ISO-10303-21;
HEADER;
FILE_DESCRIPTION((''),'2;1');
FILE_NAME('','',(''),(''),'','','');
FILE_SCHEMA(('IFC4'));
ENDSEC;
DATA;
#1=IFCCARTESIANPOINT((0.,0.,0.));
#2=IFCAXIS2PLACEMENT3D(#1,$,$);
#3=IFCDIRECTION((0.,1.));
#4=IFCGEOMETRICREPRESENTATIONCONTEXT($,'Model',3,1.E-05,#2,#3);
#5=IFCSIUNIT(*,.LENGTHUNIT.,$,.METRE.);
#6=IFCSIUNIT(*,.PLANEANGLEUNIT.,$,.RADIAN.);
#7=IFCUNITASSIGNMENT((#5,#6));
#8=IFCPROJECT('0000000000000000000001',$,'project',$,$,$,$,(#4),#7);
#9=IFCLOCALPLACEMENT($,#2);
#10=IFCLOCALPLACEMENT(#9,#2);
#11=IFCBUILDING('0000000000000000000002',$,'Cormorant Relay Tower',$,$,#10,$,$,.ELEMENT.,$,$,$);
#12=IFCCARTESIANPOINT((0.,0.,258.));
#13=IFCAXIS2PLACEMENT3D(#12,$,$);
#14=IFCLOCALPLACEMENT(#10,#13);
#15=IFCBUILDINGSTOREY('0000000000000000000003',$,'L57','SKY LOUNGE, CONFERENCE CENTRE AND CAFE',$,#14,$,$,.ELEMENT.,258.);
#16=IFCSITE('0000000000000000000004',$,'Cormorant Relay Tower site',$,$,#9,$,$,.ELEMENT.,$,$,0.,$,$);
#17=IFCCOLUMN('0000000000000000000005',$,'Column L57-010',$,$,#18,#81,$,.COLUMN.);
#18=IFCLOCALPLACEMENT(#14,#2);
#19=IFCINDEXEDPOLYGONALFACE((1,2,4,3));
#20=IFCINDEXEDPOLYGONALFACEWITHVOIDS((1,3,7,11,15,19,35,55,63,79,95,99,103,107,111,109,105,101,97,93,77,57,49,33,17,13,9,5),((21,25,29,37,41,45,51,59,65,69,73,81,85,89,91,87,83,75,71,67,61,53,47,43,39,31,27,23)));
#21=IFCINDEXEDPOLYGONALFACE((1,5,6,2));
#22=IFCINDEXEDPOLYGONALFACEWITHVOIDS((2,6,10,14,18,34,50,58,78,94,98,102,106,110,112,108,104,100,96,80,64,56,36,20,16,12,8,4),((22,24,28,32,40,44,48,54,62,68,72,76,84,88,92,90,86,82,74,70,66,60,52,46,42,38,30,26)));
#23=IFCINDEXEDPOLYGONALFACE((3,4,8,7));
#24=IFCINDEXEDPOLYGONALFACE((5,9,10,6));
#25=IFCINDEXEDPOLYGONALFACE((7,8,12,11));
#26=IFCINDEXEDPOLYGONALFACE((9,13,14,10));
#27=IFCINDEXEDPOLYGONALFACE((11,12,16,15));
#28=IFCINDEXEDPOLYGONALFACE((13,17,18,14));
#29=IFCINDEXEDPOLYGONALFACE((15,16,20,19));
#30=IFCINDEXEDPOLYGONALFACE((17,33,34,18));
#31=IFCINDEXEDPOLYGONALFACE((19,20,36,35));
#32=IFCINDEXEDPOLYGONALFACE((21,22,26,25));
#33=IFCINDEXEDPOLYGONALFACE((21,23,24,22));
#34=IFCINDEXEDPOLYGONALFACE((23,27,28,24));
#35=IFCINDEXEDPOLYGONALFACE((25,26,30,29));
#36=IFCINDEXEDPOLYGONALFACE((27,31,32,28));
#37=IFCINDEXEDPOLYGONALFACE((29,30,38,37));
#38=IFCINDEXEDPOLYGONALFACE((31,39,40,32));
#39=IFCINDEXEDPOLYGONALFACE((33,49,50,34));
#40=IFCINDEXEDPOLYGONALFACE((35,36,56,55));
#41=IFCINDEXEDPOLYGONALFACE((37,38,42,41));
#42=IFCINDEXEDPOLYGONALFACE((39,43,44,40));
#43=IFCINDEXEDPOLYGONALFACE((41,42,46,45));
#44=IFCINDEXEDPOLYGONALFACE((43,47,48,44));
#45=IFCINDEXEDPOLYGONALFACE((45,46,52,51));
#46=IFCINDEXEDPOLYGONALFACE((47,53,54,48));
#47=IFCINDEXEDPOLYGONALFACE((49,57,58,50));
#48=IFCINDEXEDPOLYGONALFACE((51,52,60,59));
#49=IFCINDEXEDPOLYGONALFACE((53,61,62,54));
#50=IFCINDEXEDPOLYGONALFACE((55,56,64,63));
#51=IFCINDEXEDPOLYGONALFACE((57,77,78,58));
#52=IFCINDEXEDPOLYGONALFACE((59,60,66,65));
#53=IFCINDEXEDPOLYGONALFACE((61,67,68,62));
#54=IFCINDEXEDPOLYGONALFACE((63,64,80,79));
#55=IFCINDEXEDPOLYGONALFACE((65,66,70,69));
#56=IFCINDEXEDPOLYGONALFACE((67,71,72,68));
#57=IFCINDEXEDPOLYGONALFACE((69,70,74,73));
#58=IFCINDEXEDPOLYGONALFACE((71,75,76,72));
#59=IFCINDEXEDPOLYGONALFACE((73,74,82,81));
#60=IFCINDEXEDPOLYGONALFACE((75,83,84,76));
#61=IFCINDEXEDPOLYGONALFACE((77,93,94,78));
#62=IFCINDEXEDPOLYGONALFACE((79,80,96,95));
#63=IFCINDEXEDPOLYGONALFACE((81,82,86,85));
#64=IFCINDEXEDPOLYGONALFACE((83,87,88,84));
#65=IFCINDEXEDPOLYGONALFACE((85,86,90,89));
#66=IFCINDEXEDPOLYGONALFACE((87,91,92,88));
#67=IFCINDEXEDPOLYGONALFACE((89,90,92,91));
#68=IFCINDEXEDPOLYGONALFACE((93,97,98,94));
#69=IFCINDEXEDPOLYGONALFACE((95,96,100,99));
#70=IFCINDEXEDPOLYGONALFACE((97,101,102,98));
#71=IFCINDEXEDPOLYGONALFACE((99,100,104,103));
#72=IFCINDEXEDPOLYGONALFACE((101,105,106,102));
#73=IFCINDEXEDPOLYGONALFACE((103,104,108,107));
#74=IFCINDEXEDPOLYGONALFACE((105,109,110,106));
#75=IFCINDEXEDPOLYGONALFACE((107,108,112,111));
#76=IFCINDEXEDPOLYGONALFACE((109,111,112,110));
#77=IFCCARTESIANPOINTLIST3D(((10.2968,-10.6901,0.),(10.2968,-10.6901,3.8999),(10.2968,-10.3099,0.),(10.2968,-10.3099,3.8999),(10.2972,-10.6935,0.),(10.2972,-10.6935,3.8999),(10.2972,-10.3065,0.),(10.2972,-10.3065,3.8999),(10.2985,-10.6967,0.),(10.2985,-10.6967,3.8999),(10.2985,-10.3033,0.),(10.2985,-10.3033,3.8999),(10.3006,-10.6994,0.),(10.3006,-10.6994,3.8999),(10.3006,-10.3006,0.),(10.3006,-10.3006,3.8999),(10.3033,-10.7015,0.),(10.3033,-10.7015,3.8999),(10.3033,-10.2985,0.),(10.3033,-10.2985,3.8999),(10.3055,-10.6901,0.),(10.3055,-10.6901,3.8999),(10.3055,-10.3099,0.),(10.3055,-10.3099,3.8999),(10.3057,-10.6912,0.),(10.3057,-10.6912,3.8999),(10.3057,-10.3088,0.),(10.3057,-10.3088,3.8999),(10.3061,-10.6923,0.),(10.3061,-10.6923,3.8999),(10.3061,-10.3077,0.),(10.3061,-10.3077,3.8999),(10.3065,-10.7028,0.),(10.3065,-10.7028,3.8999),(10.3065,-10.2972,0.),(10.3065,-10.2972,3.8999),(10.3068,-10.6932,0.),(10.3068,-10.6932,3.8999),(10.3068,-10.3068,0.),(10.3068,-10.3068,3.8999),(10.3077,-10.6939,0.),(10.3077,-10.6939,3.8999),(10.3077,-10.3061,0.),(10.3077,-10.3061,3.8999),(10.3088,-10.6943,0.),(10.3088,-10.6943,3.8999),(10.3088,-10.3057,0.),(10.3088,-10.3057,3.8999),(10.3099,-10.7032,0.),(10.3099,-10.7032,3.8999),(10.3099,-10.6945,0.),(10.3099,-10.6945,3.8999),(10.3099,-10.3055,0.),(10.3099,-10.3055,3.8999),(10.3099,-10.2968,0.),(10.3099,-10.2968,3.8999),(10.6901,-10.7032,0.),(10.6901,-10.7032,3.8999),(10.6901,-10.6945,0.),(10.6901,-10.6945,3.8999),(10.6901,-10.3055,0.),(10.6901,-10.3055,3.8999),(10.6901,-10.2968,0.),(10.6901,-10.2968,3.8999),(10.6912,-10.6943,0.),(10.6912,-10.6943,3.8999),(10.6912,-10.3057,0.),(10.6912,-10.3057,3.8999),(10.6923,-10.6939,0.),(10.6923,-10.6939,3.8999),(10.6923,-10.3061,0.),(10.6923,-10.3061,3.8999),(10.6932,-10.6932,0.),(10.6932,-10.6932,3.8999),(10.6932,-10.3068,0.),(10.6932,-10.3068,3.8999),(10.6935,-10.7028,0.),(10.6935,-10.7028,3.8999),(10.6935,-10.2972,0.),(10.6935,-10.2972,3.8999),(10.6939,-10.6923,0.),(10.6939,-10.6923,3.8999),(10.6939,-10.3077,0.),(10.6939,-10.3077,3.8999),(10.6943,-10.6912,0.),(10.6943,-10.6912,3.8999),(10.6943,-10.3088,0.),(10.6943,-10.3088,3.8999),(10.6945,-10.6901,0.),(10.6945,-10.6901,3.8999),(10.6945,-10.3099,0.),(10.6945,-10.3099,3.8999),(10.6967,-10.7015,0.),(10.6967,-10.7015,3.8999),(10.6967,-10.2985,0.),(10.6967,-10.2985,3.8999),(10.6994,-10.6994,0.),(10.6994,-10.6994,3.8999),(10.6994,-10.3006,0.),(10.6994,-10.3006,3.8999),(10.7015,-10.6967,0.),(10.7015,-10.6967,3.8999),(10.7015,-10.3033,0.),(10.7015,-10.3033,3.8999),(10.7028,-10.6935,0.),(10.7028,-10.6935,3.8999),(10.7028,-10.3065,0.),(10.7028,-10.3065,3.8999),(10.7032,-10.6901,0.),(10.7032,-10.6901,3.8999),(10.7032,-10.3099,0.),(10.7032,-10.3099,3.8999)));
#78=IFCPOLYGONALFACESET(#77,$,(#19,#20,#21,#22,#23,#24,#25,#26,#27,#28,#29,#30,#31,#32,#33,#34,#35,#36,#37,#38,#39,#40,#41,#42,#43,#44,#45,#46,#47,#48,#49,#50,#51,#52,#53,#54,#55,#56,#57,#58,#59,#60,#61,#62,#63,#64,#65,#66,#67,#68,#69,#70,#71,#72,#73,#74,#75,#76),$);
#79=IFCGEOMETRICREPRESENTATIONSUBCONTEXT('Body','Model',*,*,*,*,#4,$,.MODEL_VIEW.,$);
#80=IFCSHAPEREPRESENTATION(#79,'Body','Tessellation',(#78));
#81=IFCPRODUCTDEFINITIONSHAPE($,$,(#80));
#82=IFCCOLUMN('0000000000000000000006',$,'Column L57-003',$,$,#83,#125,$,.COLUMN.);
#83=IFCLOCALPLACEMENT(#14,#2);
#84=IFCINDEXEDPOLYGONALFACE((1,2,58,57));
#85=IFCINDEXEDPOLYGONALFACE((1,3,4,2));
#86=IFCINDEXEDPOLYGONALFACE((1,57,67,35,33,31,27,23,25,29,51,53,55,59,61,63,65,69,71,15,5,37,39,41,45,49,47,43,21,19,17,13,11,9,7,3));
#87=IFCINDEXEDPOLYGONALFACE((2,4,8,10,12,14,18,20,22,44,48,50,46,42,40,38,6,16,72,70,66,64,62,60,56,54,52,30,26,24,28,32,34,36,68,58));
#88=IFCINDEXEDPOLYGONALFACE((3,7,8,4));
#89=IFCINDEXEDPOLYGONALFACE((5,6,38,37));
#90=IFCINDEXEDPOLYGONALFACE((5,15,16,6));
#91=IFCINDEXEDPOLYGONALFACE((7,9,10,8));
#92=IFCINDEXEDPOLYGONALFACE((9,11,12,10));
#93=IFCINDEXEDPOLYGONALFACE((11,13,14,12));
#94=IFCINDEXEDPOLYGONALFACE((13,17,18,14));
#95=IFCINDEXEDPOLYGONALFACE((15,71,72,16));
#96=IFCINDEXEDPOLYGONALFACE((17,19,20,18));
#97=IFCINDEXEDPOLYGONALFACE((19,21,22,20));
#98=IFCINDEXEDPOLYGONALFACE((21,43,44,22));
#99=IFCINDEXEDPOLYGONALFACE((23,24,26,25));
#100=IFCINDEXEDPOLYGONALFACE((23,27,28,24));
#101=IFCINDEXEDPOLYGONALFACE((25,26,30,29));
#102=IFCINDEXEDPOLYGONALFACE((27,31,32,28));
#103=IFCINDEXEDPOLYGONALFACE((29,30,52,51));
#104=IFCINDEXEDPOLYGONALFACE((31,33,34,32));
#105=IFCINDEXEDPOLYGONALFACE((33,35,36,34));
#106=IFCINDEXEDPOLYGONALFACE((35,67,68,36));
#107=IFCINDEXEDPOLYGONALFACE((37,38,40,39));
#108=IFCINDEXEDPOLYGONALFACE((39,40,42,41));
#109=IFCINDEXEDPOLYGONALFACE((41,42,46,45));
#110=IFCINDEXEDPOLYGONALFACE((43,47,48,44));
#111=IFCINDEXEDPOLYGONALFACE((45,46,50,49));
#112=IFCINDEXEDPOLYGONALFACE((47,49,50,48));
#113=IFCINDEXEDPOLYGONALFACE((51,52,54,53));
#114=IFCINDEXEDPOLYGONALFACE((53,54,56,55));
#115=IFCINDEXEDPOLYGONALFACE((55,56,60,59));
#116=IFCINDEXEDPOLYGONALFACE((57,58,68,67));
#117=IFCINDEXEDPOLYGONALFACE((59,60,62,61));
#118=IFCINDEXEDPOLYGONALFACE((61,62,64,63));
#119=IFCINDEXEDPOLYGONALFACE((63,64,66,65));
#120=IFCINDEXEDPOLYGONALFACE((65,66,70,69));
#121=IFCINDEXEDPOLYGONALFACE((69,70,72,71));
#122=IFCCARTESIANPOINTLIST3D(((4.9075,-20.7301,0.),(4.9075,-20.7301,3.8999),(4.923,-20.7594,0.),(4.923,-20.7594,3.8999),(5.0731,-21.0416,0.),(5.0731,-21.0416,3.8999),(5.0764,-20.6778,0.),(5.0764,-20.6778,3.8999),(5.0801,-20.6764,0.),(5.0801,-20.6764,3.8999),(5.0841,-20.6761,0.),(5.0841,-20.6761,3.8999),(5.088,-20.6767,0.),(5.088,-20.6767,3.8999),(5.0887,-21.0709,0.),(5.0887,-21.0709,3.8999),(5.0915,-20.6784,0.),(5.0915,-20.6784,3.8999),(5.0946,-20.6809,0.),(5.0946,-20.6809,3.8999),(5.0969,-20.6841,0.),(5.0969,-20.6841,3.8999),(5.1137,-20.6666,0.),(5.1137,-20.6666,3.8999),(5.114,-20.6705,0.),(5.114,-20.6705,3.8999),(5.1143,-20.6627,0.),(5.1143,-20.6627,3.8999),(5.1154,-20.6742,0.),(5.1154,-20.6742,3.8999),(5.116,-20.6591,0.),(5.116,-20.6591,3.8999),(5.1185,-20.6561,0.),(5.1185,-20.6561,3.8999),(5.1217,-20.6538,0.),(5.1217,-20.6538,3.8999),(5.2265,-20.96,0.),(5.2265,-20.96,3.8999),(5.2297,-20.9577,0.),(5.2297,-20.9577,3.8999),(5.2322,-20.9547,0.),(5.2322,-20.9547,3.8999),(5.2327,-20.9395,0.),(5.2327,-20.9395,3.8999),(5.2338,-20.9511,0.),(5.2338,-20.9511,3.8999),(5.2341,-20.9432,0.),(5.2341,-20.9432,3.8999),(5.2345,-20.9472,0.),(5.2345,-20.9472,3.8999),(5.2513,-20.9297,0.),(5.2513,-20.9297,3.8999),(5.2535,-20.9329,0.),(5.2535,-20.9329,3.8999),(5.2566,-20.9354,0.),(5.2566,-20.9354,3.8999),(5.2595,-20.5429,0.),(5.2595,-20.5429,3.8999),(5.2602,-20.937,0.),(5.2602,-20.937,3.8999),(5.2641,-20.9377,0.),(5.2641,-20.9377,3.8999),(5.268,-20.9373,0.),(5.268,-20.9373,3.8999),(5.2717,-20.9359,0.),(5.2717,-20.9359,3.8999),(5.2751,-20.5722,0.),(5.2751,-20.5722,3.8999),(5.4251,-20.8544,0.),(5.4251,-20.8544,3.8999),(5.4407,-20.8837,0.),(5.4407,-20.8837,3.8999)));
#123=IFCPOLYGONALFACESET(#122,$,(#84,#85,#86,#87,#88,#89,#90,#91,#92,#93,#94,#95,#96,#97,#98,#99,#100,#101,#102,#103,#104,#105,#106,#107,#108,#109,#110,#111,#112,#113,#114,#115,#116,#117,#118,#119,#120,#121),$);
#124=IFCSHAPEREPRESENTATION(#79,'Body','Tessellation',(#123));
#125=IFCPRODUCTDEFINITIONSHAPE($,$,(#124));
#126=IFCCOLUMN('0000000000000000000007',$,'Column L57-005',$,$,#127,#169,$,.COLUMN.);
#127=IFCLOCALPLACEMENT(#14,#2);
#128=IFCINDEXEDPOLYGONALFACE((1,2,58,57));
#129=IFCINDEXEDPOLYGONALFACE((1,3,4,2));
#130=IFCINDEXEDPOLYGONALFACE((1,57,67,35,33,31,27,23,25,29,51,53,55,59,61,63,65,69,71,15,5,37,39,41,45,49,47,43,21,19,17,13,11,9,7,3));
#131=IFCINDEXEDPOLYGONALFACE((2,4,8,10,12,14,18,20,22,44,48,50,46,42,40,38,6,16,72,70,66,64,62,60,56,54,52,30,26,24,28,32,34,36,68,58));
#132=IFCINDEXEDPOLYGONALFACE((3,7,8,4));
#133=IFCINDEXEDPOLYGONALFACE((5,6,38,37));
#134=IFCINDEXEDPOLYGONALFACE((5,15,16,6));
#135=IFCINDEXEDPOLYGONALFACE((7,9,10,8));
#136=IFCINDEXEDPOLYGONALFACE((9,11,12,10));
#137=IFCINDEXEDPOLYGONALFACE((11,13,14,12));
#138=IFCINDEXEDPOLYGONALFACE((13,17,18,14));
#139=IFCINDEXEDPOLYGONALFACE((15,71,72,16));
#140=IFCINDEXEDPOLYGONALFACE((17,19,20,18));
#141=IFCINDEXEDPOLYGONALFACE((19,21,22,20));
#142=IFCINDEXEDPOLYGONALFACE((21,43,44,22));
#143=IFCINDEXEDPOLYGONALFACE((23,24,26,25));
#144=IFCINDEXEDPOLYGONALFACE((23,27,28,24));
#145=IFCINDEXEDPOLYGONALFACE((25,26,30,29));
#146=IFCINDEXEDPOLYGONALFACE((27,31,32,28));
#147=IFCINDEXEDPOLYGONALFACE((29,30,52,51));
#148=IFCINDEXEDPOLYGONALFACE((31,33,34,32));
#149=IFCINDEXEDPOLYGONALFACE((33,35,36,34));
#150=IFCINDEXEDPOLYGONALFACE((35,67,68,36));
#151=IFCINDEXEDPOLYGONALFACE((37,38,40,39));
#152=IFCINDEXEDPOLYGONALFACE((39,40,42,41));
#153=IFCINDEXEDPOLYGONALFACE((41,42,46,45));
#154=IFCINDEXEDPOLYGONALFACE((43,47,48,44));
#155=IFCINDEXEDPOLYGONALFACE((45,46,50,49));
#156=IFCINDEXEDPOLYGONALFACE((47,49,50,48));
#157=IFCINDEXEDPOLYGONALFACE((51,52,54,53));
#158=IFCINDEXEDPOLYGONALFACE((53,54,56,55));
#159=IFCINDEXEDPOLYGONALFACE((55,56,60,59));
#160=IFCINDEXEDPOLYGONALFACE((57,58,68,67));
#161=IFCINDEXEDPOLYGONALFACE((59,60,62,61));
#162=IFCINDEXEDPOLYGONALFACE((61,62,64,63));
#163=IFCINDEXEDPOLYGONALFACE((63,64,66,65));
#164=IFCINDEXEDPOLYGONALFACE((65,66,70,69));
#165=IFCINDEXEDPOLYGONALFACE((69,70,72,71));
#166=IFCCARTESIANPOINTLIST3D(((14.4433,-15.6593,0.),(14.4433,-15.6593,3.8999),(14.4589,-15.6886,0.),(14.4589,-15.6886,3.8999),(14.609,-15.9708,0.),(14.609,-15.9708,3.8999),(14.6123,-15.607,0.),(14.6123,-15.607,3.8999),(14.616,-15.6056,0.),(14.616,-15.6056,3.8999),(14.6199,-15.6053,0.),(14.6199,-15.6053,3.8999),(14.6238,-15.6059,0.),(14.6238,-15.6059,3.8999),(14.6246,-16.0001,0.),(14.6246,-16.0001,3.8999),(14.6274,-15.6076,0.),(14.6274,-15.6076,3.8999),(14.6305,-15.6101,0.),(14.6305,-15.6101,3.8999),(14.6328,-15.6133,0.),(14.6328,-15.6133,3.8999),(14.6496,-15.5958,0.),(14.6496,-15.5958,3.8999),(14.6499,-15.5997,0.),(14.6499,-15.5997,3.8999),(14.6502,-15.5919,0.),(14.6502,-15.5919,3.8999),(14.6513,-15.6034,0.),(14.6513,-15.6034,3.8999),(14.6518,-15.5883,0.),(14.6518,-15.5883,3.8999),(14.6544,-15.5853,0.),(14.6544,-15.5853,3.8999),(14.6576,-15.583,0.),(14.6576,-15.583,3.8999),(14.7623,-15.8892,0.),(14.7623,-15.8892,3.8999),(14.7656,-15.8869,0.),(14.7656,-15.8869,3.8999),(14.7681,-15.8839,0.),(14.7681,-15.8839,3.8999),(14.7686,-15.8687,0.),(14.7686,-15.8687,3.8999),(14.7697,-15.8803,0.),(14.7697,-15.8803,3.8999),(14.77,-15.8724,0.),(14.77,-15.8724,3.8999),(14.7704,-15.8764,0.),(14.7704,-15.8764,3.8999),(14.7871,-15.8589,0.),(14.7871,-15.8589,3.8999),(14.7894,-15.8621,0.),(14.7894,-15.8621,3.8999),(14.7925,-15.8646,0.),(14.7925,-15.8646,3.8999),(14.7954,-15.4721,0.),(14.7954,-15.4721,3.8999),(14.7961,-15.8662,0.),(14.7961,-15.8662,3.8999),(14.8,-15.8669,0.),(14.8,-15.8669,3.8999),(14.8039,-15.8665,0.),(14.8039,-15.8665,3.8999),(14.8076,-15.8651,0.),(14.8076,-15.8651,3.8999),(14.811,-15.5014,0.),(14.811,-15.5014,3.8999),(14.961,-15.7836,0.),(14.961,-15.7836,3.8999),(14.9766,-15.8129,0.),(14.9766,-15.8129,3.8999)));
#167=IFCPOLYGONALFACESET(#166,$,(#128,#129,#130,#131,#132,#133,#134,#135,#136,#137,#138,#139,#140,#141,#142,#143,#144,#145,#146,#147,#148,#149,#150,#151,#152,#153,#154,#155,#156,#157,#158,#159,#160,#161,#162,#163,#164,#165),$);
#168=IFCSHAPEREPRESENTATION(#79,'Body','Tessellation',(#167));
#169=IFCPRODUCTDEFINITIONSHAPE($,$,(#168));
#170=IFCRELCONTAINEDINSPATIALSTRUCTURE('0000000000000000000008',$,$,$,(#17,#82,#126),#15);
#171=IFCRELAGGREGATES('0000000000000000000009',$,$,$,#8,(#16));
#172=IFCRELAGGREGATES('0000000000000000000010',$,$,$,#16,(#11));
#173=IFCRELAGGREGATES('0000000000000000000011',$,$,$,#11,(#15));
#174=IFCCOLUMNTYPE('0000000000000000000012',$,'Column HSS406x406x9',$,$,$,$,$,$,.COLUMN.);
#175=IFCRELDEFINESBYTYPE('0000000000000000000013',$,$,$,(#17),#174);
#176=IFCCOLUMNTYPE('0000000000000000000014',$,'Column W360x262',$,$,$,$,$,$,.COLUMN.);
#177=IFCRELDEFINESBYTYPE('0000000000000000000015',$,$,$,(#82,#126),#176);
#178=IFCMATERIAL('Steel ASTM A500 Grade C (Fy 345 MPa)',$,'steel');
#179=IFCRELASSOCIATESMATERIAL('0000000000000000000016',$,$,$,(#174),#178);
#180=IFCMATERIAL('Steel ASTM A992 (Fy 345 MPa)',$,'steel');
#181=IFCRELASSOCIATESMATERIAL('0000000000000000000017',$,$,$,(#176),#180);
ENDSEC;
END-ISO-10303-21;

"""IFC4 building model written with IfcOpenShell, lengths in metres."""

from ifc_helpers import new_model, si_unit, direction, frame, origin, origin_2d, place, context, subcontext, project, spatial, hollow_rectangle, i_section, extrude, material, material_profile, profile_set, type_object, element, save


model = new_model("IFC4")

# Units and contexts
model_context = context("Model", 3, precision=1e-05, world=origin(), true_north=direction((0.0, 1.0)))
body_context = subcontext(model_context, "Body", "Model", "MODEL_VIEW")
ifc_project = project(units=[si_unit("LENGTHUNIT", "METRE"), si_unit("PLANEANGLEUNIT", "RADIAN")], contexts=[model_context])

# Site, building, storey
site_placement = place(None, origin())
site = spatial("IfcSite", under=ifc_project, at=site_placement, Name="Cormorant Relay Tower site", CompositionType="ELEMENT", RefElevation=0.0)
building_placement = place(site_placement, origin())
building = spatial("IfcBuilding", under=site, at=building_placement, Name="Cormorant Relay Tower", CompositionType="ELEMENT")
storey_placement = place(building_placement, frame((0.0, 0.0, 258.0)))
storey = spatial("IfcBuildingStorey", under=building, at=storey_placement, Name="L57", Description="SKY LOUNGE, CONFERENCE CENTRE AND CAFE", CompositionType="ELEMENT", Elevation=258.0)

# Columns
ifc_material_1 = material(Name="Steel ASTM A500 Grade C (Fy 345 MPa)", Category="steel")
ifc_material_profile_1 = material_profile(ifc_material_1, hollow_rectangle(XDim=0.4065, YDim=0.4065, WallThickness=0.0088, InnerFilletRadius=0.0044, OuterFilletRadius=0.0132, at=origin_2d()), Name="HSS406x406x9")
ifc_profile_set_1 = profile_set([ifc_material_profile_1], Name="Steel ASTM A500 Grade C (Fy 345 MPa)")
column_type_1 = type_object("IfcColumnType", Name="Column HSS406x406x9", PredefinedType="COLUMN", material=ifc_profile_set_1)
column_1_placement = place(storey_placement, frame((10.5, -10.5, 0.0), z_axis=(0.0, 0.0, 1.0), x_axis=(1.0, 0.0, 0.0)))
element("IfcColumn", 1, at=column_1_placement, inside=storey, type_object=column_type_1, Name="Column L57-010", PredefinedType="COLUMN", context=body_context, shape_type="SweptSolid", body=[
    extrude(hollow_rectangle(XDim=0.4065, YDim=0.4065, WallThickness=0.0088, InnerFilletRadius=0.0044, OuterFilletRadius=0.0132, at=origin_2d()), origin(), (0.0, 0.0, 1.0), 3.8999),
])
ifc_material_2 = material(Name="Steel ASTM A992 (Fy 345 MPa)", Category="steel")
ifc_material_profile_2 = material_profile(ifc_material_2, i_section(OverallWidth=0.3987, OverallDepth=0.386, WebThickness=0.021, FlangeThickness=0.0332, FilletRadius=0.0151, at=origin_2d()), Name="W360x262")
ifc_profile_set_2 = profile_set([ifc_material_profile_2], Name="Steel ASTM A992 (Fy 345 MPa)")
column_type_2 = type_object("IfcColumnType", Name="Column W360x262", PredefinedType="COLUMN", material=ifc_profile_set_2)
for number, where, z_axis, x_axis, name in (
    (2, (5.1741, -20.8069, 0.0), (0.0, 0.0, 1.0), (0.882948, 0.469472, 0.0), "Column L57-003"),
    (3, (14.71, -15.7361, 0.0), (0.0, 0.0, 1.0), (0.882948, 0.469472, 0.0), "Column L57-005"),
):
    element("IfcColumn", number, at=place(storey_placement, frame(where, z_axis=z_axis, x_axis=x_axis)), inside=storey, type_object=column_type_2, Name=name, PredefinedType="COLUMN", context=body_context, shape_type="SweptSolid", body=[
        extrude(i_section(OverallWidth=0.3987, OverallDepth=0.386, WebThickness=0.021, FlangeThickness=0.0332, FilletRadius=0.0151, at=origin_2d()), origin(), (0.0, 0.0, 1.0), 3.8999),
    ])

save(model, "model.ifc")
